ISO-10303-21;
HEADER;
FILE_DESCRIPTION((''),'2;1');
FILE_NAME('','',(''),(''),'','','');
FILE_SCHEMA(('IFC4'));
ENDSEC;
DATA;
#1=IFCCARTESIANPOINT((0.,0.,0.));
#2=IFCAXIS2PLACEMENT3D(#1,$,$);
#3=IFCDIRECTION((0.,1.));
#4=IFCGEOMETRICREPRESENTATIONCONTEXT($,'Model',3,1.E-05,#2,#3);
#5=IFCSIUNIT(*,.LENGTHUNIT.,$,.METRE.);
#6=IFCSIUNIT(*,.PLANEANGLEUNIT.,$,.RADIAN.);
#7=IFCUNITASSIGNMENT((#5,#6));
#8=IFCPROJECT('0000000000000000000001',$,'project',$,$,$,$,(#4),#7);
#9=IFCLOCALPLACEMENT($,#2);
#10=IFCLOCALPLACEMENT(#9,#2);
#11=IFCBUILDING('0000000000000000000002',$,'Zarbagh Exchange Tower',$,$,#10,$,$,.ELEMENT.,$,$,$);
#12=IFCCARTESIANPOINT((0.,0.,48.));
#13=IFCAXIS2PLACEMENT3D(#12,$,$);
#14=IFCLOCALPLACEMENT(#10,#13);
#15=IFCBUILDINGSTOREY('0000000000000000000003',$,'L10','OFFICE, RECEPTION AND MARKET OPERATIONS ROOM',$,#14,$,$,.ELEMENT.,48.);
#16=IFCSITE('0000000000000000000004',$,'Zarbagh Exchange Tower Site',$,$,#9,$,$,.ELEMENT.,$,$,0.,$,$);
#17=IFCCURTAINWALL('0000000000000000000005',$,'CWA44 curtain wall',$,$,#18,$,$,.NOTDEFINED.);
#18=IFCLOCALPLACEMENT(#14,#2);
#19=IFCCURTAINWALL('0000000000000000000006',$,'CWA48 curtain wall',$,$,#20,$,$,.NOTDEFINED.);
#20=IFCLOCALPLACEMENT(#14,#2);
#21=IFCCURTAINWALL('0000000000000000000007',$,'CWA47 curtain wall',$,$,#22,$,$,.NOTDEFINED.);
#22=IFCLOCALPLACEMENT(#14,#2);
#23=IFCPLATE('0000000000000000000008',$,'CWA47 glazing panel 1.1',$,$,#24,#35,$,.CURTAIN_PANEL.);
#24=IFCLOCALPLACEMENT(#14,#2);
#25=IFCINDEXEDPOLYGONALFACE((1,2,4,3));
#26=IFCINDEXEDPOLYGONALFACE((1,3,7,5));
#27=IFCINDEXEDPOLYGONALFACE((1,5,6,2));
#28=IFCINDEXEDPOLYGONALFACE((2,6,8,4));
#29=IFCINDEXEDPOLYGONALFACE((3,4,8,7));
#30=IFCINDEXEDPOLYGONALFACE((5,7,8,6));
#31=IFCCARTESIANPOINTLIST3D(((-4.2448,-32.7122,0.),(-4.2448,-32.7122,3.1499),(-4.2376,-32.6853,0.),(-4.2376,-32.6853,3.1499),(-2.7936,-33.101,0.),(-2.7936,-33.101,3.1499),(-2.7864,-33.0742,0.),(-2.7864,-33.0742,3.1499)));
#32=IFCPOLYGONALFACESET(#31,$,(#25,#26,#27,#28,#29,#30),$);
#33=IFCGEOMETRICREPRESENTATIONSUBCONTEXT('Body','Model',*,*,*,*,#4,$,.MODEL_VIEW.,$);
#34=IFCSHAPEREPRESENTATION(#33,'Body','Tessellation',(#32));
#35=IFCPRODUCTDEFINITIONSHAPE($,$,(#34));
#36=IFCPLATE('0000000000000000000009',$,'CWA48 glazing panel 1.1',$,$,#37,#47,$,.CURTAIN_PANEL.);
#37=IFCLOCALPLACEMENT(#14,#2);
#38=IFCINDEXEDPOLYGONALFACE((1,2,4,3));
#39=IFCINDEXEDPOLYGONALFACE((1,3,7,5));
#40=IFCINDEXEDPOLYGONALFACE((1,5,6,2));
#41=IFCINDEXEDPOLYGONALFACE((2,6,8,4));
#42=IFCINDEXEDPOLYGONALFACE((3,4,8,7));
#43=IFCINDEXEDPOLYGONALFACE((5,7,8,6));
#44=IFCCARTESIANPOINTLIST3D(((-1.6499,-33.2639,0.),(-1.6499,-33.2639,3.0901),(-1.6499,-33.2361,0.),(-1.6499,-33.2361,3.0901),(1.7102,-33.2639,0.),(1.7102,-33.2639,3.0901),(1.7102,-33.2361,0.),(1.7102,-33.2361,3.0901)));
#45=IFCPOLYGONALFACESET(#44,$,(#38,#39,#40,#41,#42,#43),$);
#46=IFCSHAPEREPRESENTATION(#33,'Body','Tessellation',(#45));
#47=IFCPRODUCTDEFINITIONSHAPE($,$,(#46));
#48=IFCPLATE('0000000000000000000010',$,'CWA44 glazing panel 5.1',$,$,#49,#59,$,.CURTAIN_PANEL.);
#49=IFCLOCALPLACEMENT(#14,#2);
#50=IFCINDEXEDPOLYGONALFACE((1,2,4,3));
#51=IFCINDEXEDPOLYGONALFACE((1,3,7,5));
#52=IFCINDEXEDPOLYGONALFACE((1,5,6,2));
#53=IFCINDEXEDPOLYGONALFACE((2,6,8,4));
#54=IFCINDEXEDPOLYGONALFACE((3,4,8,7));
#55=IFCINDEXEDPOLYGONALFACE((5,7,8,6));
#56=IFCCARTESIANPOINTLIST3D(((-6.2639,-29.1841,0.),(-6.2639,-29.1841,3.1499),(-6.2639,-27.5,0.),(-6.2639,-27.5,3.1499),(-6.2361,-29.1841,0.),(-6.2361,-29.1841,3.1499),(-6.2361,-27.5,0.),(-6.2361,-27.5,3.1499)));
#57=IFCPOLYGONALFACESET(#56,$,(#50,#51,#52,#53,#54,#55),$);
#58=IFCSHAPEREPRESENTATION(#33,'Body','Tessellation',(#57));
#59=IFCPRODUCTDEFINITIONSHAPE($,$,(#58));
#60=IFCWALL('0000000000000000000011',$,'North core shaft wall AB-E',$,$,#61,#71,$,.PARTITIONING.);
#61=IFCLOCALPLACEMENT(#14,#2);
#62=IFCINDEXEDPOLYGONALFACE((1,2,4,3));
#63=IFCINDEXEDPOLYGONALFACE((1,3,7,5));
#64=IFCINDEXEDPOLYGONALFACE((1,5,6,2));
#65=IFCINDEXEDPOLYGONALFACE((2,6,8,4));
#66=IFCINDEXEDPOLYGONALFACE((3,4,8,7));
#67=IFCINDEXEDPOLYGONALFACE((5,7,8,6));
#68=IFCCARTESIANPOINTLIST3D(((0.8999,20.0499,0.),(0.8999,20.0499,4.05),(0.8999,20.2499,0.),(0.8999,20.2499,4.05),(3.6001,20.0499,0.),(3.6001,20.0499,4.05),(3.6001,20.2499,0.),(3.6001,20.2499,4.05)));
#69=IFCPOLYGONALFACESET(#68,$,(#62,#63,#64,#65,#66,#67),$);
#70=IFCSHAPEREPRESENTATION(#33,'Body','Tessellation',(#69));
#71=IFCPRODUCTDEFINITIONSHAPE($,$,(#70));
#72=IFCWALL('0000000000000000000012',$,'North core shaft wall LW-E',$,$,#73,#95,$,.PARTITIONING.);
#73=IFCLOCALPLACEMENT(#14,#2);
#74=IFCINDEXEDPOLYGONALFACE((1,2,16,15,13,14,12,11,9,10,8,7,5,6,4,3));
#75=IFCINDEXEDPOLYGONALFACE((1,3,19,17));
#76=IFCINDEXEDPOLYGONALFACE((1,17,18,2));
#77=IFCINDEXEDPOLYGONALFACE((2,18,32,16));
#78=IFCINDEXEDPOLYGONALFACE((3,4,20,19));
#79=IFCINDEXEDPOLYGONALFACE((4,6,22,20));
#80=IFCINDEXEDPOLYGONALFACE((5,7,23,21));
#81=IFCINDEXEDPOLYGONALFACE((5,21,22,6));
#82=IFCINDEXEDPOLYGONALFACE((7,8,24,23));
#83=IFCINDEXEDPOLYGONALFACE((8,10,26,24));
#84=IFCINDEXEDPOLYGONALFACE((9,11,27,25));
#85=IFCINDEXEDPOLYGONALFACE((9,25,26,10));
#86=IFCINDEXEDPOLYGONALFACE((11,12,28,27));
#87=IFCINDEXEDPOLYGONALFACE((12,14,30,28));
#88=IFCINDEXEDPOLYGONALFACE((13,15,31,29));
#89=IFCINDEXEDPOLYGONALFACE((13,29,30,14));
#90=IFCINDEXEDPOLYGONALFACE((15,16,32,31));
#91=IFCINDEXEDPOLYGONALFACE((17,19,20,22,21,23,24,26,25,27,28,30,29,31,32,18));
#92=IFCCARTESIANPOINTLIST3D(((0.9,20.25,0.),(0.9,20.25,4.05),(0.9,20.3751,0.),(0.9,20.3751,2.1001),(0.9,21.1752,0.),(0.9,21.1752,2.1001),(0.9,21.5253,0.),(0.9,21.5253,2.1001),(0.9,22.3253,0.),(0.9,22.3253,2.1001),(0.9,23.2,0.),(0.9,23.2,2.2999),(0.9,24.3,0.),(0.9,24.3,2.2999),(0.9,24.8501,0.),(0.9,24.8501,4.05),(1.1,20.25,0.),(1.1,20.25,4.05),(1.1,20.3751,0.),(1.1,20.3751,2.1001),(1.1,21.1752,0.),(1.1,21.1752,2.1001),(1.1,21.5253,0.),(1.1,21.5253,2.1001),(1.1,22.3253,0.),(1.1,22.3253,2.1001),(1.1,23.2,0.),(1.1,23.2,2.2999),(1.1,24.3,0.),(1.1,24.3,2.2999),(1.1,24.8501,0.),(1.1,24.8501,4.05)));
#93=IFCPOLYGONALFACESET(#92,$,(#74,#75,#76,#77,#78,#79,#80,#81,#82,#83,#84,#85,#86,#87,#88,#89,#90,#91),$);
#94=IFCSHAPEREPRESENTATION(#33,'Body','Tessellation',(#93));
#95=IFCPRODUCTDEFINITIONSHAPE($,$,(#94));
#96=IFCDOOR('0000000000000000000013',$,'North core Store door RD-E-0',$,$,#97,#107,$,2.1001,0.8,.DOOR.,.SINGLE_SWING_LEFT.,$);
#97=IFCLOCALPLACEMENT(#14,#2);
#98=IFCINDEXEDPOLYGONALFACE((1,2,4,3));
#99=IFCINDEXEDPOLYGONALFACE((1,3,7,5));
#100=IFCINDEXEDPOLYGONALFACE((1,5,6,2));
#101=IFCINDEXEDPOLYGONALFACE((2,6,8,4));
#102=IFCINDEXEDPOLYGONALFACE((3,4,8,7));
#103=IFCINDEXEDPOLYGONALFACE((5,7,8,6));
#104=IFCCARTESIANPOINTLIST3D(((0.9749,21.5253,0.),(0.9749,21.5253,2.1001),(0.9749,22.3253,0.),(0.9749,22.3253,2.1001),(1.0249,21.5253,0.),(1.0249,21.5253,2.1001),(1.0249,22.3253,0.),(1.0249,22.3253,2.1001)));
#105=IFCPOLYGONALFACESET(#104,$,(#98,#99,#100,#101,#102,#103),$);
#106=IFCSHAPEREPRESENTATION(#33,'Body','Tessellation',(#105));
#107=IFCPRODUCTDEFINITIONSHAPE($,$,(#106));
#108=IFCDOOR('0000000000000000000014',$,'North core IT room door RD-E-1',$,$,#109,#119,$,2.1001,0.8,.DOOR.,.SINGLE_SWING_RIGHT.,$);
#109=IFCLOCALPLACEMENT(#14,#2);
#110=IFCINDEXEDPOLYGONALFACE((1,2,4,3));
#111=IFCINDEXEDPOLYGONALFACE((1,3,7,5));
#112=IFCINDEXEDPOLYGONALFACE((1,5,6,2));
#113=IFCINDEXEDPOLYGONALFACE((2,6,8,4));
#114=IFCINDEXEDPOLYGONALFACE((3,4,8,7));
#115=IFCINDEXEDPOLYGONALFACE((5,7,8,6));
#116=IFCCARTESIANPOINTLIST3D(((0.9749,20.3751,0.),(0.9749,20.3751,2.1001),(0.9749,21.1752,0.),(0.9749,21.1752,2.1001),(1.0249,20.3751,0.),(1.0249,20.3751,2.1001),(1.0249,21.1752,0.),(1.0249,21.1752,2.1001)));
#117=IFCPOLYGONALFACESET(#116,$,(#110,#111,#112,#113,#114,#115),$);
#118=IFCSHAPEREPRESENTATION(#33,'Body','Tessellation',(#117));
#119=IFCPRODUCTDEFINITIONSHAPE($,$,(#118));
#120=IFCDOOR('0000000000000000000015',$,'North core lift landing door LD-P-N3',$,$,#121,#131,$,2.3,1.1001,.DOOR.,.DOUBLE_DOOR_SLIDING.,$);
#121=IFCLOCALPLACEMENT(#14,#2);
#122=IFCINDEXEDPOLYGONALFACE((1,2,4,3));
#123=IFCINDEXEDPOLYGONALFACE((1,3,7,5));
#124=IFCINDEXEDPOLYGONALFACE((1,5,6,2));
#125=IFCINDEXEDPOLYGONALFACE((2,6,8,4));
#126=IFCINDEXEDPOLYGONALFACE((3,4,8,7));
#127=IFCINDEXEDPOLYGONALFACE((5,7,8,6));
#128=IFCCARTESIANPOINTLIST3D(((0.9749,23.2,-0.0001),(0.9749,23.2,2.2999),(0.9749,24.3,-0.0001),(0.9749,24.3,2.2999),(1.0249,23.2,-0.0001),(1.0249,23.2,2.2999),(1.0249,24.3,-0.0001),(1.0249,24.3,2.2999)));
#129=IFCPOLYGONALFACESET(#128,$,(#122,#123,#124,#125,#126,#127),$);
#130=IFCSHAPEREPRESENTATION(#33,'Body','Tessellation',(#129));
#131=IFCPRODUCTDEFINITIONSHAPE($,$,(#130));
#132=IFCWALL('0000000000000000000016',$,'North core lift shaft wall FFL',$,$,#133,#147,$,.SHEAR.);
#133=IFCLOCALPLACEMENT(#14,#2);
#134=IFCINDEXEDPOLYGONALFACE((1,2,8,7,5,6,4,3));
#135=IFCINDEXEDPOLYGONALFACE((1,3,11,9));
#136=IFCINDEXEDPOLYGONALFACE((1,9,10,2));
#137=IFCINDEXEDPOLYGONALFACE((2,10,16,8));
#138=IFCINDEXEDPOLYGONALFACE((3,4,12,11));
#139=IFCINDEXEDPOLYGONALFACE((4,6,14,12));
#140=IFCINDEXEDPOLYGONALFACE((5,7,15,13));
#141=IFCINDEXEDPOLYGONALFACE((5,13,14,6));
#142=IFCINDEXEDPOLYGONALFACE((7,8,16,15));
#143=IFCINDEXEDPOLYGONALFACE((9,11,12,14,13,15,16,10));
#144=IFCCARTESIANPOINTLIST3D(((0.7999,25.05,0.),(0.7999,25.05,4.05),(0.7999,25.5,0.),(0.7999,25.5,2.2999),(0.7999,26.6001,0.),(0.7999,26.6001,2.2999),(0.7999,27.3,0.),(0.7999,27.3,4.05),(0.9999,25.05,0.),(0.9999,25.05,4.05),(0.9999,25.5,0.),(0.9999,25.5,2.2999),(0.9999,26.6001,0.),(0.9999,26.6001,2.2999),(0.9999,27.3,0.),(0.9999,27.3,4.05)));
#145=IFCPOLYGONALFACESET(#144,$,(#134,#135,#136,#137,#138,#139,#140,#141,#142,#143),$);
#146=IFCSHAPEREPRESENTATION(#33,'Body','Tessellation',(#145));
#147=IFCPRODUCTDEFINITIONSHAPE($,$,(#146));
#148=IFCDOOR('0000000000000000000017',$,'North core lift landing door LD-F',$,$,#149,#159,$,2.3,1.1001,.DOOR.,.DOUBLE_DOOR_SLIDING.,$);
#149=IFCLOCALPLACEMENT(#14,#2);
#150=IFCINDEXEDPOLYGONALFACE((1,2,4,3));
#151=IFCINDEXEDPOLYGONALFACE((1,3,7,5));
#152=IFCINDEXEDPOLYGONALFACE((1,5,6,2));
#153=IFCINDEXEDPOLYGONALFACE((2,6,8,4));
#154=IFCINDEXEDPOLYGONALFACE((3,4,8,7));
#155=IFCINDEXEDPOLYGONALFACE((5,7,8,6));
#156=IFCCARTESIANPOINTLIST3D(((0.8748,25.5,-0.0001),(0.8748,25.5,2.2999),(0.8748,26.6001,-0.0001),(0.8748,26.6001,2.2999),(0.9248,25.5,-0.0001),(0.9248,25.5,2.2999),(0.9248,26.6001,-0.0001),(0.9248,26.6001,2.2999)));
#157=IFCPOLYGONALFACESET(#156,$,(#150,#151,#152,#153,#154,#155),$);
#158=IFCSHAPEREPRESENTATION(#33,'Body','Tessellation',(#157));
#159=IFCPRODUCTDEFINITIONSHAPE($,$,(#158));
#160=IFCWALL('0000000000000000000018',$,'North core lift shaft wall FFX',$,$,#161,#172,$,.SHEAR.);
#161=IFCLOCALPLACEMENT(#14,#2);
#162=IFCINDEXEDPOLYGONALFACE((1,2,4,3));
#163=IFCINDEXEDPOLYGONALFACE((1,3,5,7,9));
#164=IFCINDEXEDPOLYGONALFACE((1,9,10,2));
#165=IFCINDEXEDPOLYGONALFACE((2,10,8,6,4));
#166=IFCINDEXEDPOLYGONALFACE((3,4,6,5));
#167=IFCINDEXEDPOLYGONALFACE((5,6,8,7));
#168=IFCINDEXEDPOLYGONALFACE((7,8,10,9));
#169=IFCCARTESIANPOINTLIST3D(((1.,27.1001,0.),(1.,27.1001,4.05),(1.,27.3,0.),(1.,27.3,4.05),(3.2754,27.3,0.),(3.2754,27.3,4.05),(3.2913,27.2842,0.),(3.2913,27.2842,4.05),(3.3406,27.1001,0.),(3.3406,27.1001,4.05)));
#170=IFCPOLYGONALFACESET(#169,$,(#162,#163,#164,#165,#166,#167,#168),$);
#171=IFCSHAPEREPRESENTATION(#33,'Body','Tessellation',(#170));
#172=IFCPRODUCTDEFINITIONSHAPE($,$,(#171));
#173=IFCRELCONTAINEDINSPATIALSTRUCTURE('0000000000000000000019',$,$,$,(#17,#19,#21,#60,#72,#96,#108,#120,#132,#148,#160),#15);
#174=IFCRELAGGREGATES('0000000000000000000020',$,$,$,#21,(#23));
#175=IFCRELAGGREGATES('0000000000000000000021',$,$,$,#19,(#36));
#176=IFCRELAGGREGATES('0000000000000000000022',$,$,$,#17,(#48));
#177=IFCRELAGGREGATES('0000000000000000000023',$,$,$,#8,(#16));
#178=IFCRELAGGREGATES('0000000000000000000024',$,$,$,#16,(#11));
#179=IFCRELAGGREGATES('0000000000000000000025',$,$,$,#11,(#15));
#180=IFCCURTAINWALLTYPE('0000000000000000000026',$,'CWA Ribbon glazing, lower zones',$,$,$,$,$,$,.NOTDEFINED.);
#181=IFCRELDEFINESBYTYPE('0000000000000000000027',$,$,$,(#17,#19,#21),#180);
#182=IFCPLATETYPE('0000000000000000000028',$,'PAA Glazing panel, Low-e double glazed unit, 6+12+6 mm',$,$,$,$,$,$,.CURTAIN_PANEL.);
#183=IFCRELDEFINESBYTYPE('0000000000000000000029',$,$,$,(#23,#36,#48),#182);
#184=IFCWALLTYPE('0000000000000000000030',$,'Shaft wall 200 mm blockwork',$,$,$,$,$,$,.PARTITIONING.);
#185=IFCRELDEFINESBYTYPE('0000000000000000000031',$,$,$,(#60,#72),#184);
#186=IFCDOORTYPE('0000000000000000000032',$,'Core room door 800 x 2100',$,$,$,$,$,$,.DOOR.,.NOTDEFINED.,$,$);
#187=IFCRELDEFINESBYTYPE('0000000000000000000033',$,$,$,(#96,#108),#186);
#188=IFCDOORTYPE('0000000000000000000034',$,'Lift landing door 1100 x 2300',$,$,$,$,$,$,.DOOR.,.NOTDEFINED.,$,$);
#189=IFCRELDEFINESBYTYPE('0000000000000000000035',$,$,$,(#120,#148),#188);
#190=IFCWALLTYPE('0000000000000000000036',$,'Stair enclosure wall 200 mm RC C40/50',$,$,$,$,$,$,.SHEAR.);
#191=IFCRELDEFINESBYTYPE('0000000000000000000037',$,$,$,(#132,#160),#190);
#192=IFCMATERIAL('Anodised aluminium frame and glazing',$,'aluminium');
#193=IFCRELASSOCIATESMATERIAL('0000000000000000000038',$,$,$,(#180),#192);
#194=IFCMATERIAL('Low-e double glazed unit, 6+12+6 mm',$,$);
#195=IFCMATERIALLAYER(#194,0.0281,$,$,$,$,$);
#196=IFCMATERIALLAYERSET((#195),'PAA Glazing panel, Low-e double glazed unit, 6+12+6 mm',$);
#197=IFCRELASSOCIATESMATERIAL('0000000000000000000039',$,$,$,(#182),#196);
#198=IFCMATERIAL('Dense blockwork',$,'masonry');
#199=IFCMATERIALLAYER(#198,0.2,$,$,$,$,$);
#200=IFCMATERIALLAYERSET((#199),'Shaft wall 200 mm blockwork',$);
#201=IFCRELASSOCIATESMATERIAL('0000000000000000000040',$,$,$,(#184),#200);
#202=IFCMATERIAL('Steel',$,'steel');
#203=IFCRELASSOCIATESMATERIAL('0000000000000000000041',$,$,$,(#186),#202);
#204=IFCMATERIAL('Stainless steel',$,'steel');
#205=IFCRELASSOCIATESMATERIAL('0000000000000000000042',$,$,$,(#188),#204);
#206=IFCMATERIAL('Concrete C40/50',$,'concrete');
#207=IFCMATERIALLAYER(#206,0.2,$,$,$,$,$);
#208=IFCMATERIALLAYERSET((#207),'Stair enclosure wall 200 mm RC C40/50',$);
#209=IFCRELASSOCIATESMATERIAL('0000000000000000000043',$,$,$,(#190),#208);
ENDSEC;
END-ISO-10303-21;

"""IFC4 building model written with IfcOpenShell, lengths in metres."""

from ifc_helpers import new_model, si_unit, direction, frame, frame_2d, origin, place, context, subcontext, project, spatial, polyline, rectangle, outline, extrude, source, transform, mapped, material, layer, layer_set, type_object, element, fill, aggregate, save


model = new_model("IFC4")

# Units and contexts
model_context = context("Model", 3, precision=1e-05, world=origin(), true_north=direction((0.0, 1.0)))
body_context = subcontext(model_context, "Body", "Model", "MODEL_VIEW")
ifc_project = project(units=[si_unit("LENGTHUNIT", "METRE"), si_unit("PLANEANGLEUNIT", "RADIAN")], contexts=[model_context])

# Site, building, storey
site_placement = place(None, origin())
site = spatial("IfcSite", under=ifc_project, at=site_placement, Name="Zarbagh Exchange Tower Site", CompositionType="ELEMENT", RefElevation=0.0)
building_placement = place(site_placement, origin())
building = spatial("IfcBuilding", under=site, at=building_placement, Name="Zarbagh Exchange Tower", CompositionType="ELEMENT")
storey_placement = place(building_placement, frame((0.0, 0.0, 48.0)))
storey = spatial("IfcBuildingStorey", under=building, at=storey_placement, Name="L10", Description="OFFICE, RECEPTION AND MARKET OPERATIONS ROOM", CompositionType="ELEMENT", Elevation=48.0)

# Curtain wall
ifc_material_1 = material(Name="Anodised aluminium frame and glazing", Category="aluminium")
curtain_wall_type = type_object("IfcCurtainWallType", Name="CWA Ribbon glazing, lower zones", PredefinedType="NOTDEFINED", material=ifc_material_1)
curtain_wall_1_placement = place(storey_placement, origin())
curtain_wall_1 = element("IfcCurtainWall", 1, at=curtain_wall_1_placement, inside=storey, type_object=curtain_wall_type, Name="CWA44 curtain wall", PredefinedType="NOTDEFINED")
placement = place(storey_placement, origin())

# Curtain wall
curtain_wall_2_placement = place(storey_placement, origin())
curtain_wall_2 = element("IfcCurtainWall", 2, at=curtain_wall_2_placement, inside=storey, type_object=curtain_wall_type, Name="CWA48 curtain wall", PredefinedType="NOTDEFINED")

# Shared definitions
ifc_material_2 = material(Name="Concrete C40/50", Category="concrete")

# Shared definitions
ifc_material_3 = material(Name="Low-e double glazed unit, 6+12+6 mm")
ifc_layer_1 = layer(ifc_material_3, 0.0281)
ifc_layer_set_1 = layer_set([ifc_layer_1], Name="PAA Glazing panel, Low-e double glazed unit, 6+12+6 mm")
plate_type = type_object("IfcPlateType", Name="PAA Glazing panel, Low-e double glazed unit, 6+12+6 mm", PredefinedType="CURTAIN_PANEL", material=ifc_layer_set_1)

# Curtain wall, plate
curtain_wall_3_placement = place(storey_placement, origin())
curtain_wall_3 = element("IfcCurtainWall", 3, at=curtain_wall_3_placement, inside=storey, type_object=curtain_wall_type, Name="CWA47 curtain wall", PredefinedType="NOTDEFINED")
shared_shape_1 = source(origin(), body_context, "Body", "SweptSolid", [
    extrude(outline(polyline([(0.0, -0.0139), (1.5024, -0.0139), (1.5024, 0.0139), (0.0, 0.0139), (0.0, -0.0139)])), origin(), (0.0, 0.0, 1.0), 3.1499),
])
plate_1 = element("IfcPlate", 4, at=placement, type_object=plate_type, Name="CWA47 glazing panel 1.1", PredefinedType="CURTAIN_PANEL", context=body_context, shape_type="MappedRepresentation", body=[
    mapped(shared_shape_1, transform((-4.2412, -32.6987, 0.0), x_axis=(0.965924, -0.258825, 0.0), y_axis=(0.258825, 0.965924, 0.0), z_axis=(0.0, 0.0, 1.0))),
])
aggregate(curtain_wall_3, [plate_1])

# Plates
shared_shape_2 = source(origin(), body_context, "Body", "SweptSolid", [
    extrude(outline(polyline([(0.0, -0.0139), (3.3601, -0.0139), (3.3601, 0.0139), (0.0, 0.0139), (0.0, -0.0139)])), origin(), (0.0, 0.0, 1.0), 3.0901),
])
plate_2 = element("IfcPlate", 5, at=placement, type_object=plate_type, Name="CWA48 glazing panel 1.1", PredefinedType="CURTAIN_PANEL", context=body_context, shape_type="MappedRepresentation", body=[
    mapped(shared_shape_2, transform((-1.6499, -33.25, 0.0), x_axis=(1.0, 0.0, 0.0), y_axis=(0.0, 1.0, 0.0), z_axis=(0.0, 0.0, 1.0))),
])
aggregate(curtain_wall_2, [plate_2])
shared_shape_3 = source(origin(), body_context, "Body", "SweptSolid", [
    extrude(outline(polyline([(0.0, -0.0139), (1.6841, -0.0139), (1.6841, 0.0139), (0.0, 0.0139), (0.0, -0.0139)])), origin(), (0.0, 0.0, 1.0), 3.1499),
])
plate_3 = element("IfcPlate", 6, at=placement, type_object=plate_type, Name="CWA44 glazing panel 5.1", PredefinedType="CURTAIN_PANEL", context=body_context, shape_type="MappedRepresentation", body=[
    mapped(shared_shape_3, transform((-6.25, -27.5, 0.0), x_axis=(0.0, -1.0, 0.0), y_axis=(1.0, 0.0, 0.0), z_axis=(0.0, 0.0, 1.0))),
])
aggregate(curtain_wall_1, [plate_3])

# Wall
ifc_material_4 = material(Name="Dense blockwork", Category="masonry")
ifc_layer_2 = layer(ifc_material_4, 0.2)
ifc_layer_set_2 = layer_set([ifc_layer_2], Name="Shaft wall 200 mm blockwork")
wall_type_1 = type_object("IfcWallType", Name="Shaft wall 200 mm blockwork", PredefinedType="PARTITIONING", material=ifc_layer_set_2)
wall_1_placement = place(storey_placement, frame((0.8999, 20.1499, 0.0), z_axis=(0.0, 0.0, 1.0), x_axis=(1.0, 0.0, 0.0)))
element("IfcWall", 7, at=wall_1_placement, inside=storey, type_object=wall_type_1, Name="North core shaft wall AB-E", PredefinedType="PARTITIONING", context=body_context, shape_type="SweptSolid", body=[
    extrude(rectangle(XDim=2.7002, YDim=0.2, at=frame_2d((1.3501, 0.0))), origin(), (0.0, 0.0, 1.0), 4.05),
])

# Wall, openings, doors
wall_2_placement = place(storey_placement, frame((1.0, 24.8501, 0.0), z_axis=(0.0, 0.0, 1.0), x_axis=(0.0, -1.0, 0.0)))
wall_2 = element("IfcWall", 8, at=wall_2_placement, inside=storey, type_object=wall_type_1, Name="North core shaft wall LW-E", PredefinedType="PARTITIONING", context=body_context, shape_type="SweptSolid", body=[
    extrude(rectangle(XDim=4.6001, YDim=0.2, at=frame_2d((2.3, 0.0))), origin(), (0.0, 0.0, 1.0), 4.05),
])
opening_1_placement = place(wall_2_placement, frame((0.55, 0.0, 0.0)))
opening_1 = element("IfcOpeningElement", 9, at=opening_1_placement, cuts=wall_2, PredefinedType="OPENING", context=body_context, shape_type="SweptSolid", body=[
    extrude(rectangle(XDim=1.1001, YDim=2.3, at=frame_2d((0.55, 1.1499))), frame((0.0, 0.1099, 0.0), z_axis=(0.0, -1.0, 0.0), x_axis=(1.0, 0.0, 0.0)), (0.0, 0.0, 1.0), 0.22),
])
opening_2_placement = place(wall_2_placement, frame((2.5249, 0.0, 0.0)))
opening_2 = element("IfcOpeningElement", 10, at=opening_2_placement, cuts=wall_2, PredefinedType="OPENING", context=body_context, shape_type="SweptSolid", body=[
    extrude(rectangle(XDim=0.8, YDim=2.1001, at=frame_2d((0.3999, 1.05))), frame((0.0, 0.1099, 0.0), z_axis=(0.0, -1.0, 0.0), x_axis=(1.0, 0.0, 0.0)), (0.0, 0.0, 1.0), 0.22),
])
opening_3_placement = place(wall_2_placement, frame((3.675, 0.0, 0.0)))
opening_3 = element("IfcOpeningElement", 11, at=opening_3_placement, cuts=wall_2, PredefinedType="OPENING", context=body_context, shape_type="SweptSolid", body=[
    extrude(rectangle(XDim=0.8, YDim=2.1001, at=frame_2d((0.3999, 1.05))), frame((0.0, 0.1099, 0.0), z_axis=(0.0, -1.0, 0.0), x_axis=(1.0, 0.0, 0.0)), (0.0, 0.0, 1.0), 0.22),
])
ifc_material_5 = material(Name="Steel", Category="steel")
door_type_1 = type_object("IfcDoorType", Name="Core room door 800 x 2100", OperationType="NOTDEFINED", PredefinedType="DOOR", material=ifc_material_5)
door_1_placement = place(opening_2_placement, origin())
door_1 = element("IfcDoor", 12, at=door_1_placement, inside=storey, type_object=door_type_1, Name="North core Store door RD-E-0", OperationType="SINGLE_SWING_LEFT", OverallHeight=2.1001, OverallWidth=0.8, PredefinedType="DOOR", context=body_context, shape_type="SweptSolid", body=[
    extrude(rectangle(XDim=0.8, YDim=2.1001, at=frame_2d((0.3999, 1.05))), frame((0.0, 0.0249, 0.0), z_axis=(0.0, -1.0, 0.0), x_axis=(1.0, 0.0, 0.0)), (0.0, 0.0, 1.0), 0.05),
])
fill(opening_2, door_1)
door_2_placement = place(opening_3_placement, origin())
door_2 = element("IfcDoor", 13, at=door_2_placement, inside=storey, type_object=door_type_1, Name="North core IT room door RD-E-1", OperationType="SINGLE_SWING_RIGHT", OverallHeight=2.1001, OverallWidth=0.8, PredefinedType="DOOR", context=body_context, shape_type="SweptSolid", body=[
    extrude(rectangle(XDim=0.8, YDim=2.1001, at=frame_2d((0.3999, 1.05))), frame((0.0, 0.0249, 0.0), z_axis=(0.0, -1.0, 0.0), x_axis=(1.0, 0.0, 0.0)), (0.0, 0.0, 1.0), 0.05),
])
fill(opening_3, door_2)
ifc_material_6 = material(Name="Stainless steel", Category="steel")
door_type_2 = type_object("IfcDoorType", Name="Lift landing door 1100 x 2300", OperationType="NOTDEFINED", PredefinedType="DOOR", material=ifc_material_6)
door_3_placement = place(opening_1_placement, origin())
door_3 = element("IfcDoor", 14, at=door_3_placement, inside=storey, type_object=door_type_2, Name="North core lift landing door LD-P-N3", OperationType="DOUBLE_DOOR_SLIDING", OverallHeight=2.3, OverallWidth=1.1001, PredefinedType="DOOR", context=body_context, shape_type="SweptSolid", body=[
    extrude(rectangle(XDim=1.1001, YDim=2.3, at=frame_2d((0.55, 1.1499))), frame((0.0, 0.0249, 0.0), z_axis=(0.0, -1.0, 0.0), x_axis=(1.0, 0.0, 0.0)), (0.0, 0.0, 1.0), 0.05),
])
fill(opening_1, door_3)

# Wall, opening, door
ifc_layer_3 = layer(ifc_material_2, 0.2)
ifc_layer_set_3 = layer_set([ifc_layer_3], Name="Stair enclosure wall 200 mm RC C40/50")
wall_type_2 = type_object("IfcWallType", Name="Stair enclosure wall 200 mm RC C40/50", PredefinedType="SHEAR", material=ifc_layer_set_3)
wall_3_placement = place(storey_placement, frame((0.8999, 27.3, 0.0), z_axis=(0.0, 0.0, 1.0), x_axis=(0.0, -1.0, 0.0)))
wall_3 = element("IfcWall", 15, at=wall_3_placement, inside=storey, type_object=wall_type_2, Name="North core lift shaft wall FFL", PredefinedType="SHEAR", context=body_context, shape_type="SweptSolid", body=[
    extrude(rectangle(XDim=2.25, YDim=0.2, at=frame_2d((1.125, 0.0))), origin(), (0.0, 0.0, 1.0), 4.05),
])
opening_4_placement = place(wall_3_placement, frame((0.7, 0.0, 0.0)))
opening_4 = element("IfcOpeningElement", 16, at=opening_4_placement, cuts=wall_3, PredefinedType="OPENING", context=body_context, shape_type="SweptSolid", body=[
    extrude(rectangle(XDim=1.1001, YDim=2.3, at=frame_2d((0.55, 1.1499))), frame((0.0, 0.1099, 0.0), z_axis=(0.0, -1.0, 0.0), x_axis=(1.0, 0.0, 0.0)), (0.0, 0.0, 1.0), 0.22),
])
door_4_placement = place(opening_4_placement, origin())
door_4 = element("IfcDoor", 17, at=door_4_placement, inside=storey, type_object=door_type_2, Name="North core lift landing door LD-F", OperationType="DOUBLE_DOOR_SLIDING", OverallHeight=2.3, OverallWidth=1.1001, PredefinedType="DOOR", context=body_context, shape_type="SweptSolid", body=[
    extrude(rectangle(XDim=1.1001, YDim=2.3, at=frame_2d((0.55, 1.1499))), frame((0.0, 0.0249, 0.0), z_axis=(0.0, -1.0, 0.0), x_axis=(1.0, 0.0, 0.0)), (0.0, 0.0, 1.0), 0.05),
])
fill(opening_4, door_4)

# Wall
wall_4_placement = place(storey_placement, origin())
element("IfcWall", 18, at=wall_4_placement, inside=storey, type_object=wall_type_2, Name="North core lift shaft wall FFX", PredefinedType="SHEAR", context=body_context, shape_type="SweptSolid", body=[
    extrude(outline(polyline([(1.0, 27.1001), (3.3406, 27.1001), (3.2913, 27.2842), (3.2754, 27.3), (1.0, 27.3), (1.0, 27.1001)])), origin(), (0.0, 0.0, 1.0), 4.05),
])

save(model, "model.ifc")
